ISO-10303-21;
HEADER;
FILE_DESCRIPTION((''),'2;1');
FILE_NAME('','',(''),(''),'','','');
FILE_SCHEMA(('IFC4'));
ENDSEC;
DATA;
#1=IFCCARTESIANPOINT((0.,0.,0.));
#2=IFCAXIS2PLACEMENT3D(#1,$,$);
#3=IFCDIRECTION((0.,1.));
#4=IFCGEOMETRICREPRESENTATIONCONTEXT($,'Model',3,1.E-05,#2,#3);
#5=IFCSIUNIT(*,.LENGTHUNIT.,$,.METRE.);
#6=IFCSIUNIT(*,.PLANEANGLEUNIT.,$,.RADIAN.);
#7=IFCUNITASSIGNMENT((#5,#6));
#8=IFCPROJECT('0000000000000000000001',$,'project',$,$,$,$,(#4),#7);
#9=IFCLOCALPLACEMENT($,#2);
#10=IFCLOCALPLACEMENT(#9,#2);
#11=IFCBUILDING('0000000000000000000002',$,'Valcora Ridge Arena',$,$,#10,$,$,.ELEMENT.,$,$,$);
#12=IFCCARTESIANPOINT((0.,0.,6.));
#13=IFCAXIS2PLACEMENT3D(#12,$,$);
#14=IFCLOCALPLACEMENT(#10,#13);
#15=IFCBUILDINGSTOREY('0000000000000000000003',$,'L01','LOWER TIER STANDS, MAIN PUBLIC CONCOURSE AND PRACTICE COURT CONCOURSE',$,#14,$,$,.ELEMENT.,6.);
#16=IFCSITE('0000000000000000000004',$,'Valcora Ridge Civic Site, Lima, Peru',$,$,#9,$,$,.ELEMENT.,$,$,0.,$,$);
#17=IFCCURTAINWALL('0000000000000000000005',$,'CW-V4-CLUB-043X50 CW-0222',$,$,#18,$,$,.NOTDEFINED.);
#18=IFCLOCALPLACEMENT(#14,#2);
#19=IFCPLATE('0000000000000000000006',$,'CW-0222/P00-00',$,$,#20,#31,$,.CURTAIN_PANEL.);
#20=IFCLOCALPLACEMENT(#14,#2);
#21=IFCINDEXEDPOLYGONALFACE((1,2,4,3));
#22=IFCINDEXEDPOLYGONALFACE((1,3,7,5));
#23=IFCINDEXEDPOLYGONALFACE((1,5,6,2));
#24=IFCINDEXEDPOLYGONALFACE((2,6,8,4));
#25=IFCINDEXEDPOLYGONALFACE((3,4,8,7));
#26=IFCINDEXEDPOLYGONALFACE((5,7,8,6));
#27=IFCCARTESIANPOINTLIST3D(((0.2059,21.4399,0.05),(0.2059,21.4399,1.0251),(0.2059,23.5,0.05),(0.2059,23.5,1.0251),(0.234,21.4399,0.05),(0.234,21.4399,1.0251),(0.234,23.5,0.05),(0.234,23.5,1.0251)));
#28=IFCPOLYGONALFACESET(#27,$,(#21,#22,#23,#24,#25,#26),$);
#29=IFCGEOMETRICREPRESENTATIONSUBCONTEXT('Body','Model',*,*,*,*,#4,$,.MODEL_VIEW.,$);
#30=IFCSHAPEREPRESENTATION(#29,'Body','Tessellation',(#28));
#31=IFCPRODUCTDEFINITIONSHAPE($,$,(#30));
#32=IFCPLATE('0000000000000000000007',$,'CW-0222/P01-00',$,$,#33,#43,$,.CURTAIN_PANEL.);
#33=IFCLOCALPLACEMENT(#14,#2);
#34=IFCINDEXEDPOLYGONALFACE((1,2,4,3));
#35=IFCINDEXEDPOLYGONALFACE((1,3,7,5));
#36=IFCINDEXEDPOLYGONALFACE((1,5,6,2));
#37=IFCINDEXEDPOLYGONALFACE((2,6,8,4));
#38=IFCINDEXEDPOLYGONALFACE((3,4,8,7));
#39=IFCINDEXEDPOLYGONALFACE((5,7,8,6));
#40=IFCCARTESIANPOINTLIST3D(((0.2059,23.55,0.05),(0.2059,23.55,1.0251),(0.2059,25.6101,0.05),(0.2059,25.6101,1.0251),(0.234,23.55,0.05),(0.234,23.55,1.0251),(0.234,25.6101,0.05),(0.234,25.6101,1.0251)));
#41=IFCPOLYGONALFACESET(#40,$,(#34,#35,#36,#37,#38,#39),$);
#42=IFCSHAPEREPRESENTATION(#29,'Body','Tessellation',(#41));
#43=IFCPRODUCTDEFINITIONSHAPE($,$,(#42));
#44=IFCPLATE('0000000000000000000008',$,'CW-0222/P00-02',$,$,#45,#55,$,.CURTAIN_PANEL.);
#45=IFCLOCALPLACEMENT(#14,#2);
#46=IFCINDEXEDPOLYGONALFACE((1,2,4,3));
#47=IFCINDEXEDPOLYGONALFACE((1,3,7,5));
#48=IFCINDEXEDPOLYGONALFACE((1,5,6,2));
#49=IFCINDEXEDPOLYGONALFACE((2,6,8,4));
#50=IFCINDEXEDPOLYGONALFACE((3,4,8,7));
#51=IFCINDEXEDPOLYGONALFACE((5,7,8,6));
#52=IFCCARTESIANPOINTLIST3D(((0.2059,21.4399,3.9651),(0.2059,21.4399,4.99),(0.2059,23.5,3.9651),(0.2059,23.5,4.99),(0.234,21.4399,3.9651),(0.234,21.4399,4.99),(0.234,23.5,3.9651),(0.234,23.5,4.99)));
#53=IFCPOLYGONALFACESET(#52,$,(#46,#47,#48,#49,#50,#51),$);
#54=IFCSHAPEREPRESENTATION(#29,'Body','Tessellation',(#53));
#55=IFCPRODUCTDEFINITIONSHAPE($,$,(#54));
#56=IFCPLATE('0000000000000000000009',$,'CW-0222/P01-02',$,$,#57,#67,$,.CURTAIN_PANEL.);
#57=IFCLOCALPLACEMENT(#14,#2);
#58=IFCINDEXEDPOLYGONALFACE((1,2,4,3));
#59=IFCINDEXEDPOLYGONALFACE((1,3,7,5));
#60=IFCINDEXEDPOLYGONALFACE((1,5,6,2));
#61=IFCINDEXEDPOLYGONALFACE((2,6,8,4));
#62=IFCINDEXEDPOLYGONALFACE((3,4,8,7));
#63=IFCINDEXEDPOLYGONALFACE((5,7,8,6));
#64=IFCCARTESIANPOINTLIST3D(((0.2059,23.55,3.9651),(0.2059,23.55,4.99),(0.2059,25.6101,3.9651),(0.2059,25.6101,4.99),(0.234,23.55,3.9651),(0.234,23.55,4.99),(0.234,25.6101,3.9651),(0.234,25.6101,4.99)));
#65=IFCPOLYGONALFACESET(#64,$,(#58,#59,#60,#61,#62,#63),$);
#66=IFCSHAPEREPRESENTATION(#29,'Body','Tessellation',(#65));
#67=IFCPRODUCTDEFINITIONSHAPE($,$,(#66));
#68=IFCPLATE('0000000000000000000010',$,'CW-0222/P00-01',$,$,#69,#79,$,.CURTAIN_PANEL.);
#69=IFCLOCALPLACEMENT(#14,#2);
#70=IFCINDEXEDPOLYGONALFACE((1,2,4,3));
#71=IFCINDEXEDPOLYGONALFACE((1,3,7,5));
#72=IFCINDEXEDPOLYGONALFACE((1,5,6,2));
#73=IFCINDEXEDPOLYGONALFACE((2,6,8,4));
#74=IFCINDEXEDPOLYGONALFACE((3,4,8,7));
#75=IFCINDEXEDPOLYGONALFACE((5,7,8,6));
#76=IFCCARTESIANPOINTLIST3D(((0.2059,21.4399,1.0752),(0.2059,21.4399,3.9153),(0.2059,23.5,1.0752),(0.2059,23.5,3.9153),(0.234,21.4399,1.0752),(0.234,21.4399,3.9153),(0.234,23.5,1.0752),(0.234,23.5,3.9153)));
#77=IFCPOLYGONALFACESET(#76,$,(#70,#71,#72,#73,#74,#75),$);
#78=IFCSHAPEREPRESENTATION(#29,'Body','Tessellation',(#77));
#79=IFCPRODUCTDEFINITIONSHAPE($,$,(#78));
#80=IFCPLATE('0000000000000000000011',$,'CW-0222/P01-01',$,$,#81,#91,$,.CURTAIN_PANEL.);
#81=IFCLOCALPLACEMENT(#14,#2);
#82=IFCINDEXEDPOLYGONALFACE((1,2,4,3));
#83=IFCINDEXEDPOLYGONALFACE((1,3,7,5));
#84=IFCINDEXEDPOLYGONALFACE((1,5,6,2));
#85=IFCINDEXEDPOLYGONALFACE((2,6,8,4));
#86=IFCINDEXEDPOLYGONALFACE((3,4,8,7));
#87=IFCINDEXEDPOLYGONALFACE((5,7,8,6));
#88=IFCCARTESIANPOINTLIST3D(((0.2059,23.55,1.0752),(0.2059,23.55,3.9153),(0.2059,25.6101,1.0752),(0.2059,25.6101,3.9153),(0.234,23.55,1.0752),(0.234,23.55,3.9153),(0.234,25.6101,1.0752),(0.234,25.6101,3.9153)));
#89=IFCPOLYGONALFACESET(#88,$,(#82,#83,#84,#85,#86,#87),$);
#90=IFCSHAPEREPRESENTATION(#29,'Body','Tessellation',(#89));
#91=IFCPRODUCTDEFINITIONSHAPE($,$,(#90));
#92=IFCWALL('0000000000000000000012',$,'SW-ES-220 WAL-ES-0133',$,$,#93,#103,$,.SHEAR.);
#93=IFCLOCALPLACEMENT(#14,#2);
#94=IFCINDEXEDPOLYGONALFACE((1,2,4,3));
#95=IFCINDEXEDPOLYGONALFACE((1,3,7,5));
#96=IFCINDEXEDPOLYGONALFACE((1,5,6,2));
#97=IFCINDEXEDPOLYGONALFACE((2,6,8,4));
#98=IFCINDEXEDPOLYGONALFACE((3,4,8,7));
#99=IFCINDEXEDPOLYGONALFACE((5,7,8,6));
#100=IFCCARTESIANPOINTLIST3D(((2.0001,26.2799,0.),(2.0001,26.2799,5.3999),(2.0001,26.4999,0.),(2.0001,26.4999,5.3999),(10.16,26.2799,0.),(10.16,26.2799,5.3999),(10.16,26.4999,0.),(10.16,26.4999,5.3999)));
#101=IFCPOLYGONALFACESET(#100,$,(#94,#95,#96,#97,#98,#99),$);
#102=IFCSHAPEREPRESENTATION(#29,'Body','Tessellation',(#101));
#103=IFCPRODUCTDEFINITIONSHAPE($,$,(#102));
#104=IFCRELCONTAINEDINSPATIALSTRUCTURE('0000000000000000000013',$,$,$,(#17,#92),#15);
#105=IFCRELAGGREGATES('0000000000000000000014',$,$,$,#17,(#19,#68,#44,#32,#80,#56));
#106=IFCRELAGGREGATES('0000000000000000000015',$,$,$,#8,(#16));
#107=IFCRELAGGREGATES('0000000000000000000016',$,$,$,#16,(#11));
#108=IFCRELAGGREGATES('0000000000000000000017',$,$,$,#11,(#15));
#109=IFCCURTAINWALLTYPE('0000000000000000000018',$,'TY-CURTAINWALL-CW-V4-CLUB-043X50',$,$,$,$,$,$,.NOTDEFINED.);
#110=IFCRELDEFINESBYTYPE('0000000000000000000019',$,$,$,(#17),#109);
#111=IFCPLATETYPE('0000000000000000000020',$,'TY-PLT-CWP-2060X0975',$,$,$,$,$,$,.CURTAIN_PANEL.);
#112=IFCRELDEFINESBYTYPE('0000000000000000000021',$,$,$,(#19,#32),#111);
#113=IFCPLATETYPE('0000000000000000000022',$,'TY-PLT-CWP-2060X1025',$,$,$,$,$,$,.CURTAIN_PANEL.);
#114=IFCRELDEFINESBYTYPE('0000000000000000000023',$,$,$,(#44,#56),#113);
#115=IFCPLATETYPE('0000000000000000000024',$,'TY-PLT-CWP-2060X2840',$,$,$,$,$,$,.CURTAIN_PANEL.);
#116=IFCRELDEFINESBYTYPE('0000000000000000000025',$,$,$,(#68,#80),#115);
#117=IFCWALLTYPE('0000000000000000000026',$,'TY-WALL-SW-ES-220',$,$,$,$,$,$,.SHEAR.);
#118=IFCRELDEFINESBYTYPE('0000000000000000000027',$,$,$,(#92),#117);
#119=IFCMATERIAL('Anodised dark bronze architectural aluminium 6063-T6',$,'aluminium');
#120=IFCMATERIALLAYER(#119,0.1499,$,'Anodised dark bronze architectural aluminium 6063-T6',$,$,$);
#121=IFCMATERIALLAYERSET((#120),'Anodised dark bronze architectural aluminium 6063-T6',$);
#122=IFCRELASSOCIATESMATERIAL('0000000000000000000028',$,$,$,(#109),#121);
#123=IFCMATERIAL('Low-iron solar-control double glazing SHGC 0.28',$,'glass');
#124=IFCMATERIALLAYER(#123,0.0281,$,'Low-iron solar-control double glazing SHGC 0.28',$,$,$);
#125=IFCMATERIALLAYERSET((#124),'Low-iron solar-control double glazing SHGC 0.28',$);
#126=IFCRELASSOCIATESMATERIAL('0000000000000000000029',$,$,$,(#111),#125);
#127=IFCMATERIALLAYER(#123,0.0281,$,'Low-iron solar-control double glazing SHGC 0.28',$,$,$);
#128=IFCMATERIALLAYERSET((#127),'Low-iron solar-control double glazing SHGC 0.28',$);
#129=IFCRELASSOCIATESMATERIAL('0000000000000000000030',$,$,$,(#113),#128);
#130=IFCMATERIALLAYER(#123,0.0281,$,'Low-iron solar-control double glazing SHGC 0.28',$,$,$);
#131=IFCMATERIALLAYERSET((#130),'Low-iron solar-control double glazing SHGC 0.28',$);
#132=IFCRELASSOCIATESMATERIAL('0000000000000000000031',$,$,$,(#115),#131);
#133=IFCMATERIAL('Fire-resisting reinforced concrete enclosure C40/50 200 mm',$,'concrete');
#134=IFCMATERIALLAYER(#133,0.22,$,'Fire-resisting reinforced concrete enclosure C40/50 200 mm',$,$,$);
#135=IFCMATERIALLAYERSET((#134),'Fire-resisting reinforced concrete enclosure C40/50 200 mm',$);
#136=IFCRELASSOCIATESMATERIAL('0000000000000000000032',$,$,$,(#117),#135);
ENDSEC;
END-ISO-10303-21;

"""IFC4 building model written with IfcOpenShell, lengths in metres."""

from ifc_helpers import new_model, si_unit, direction, frame, frame_2d, origin, origin_2d, place, context, subcontext, project, spatial, rectangle, extrude, material, layer, layer_set, type_object, element, aggregate, save


model = new_model("IFC4")

# Units and contexts
model_context = context("Model", 3, precision=1e-05, world=origin(), true_north=direction((0.0, 1.0)))
body_context = subcontext(model_context, "Body", "Model", "MODEL_VIEW")
ifc_project = project(units=[si_unit("LENGTHUNIT", "METRE"), si_unit("PLANEANGLEUNIT", "RADIAN")], contexts=[model_context])

# Site, building, storey
site_placement = place(None, origin())
site = spatial("IfcSite", under=ifc_project, at=site_placement, Name="Valcora Ridge Civic Site, Lima, Peru", CompositionType="ELEMENT", RefElevation=0.0)
building_placement = place(site_placement, origin())
building = spatial("IfcBuilding", under=site, at=building_placement, Name="Valcora Ridge Arena", CompositionType="ELEMENT")
storey_placement = place(building_placement, frame((0.0, 0.0, 6.0)))
storey = spatial("IfcBuildingStorey", under=building, at=storey_placement, Name="L01", Description="LOWER TIER STANDS, MAIN PUBLIC CONCOURSE AND PRACTICE COURT CONCOURSE", CompositionType="ELEMENT", Elevation=6.0)

# Curtain wall, plates
ifc_material_1 = material(Name="Anodised dark bronze architectural aluminium 6063-T6", Category="aluminium")
ifc_layer_1 = layer(ifc_material_1, 0.1499, Name="Anodised dark bronze architectural aluminium 6063-T6")
ifc_layer_set_1 = layer_set([ifc_layer_1], Name="Anodised dark bronze architectural aluminium 6063-T6")
curtain_wall_type = type_object("IfcCurtainWallType", Name="TY-CURTAINWALL-CW-V4-CLUB-043X50", PredefinedType="NOTDEFINED", material=ifc_layer_set_1)
curtain_wall_placement = place(storey_placement, origin())
curtain_wall = element("IfcCurtainWall", 1, at=curtain_wall_placement, inside=storey, type_object=curtain_wall_type, Name="CW-V4-CLUB-043X50 CW-0222", PredefinedType="NOTDEFINED")
ifc_material_2 = material(Name="Low-iron solar-control double glazing SHGC 0.28", Category="glass")
ifc_layer_2 = layer(ifc_material_2, 0.0281, Name="Low-iron solar-control double glazing SHGC 0.28")
ifc_layer_set_2 = layer_set([ifc_layer_2], Name="Low-iron solar-control double glazing SHGC 0.28")
plate_type_1 = type_object("IfcPlateType", Name="TY-PLT-CWP-2060X0975", PredefinedType="CURTAIN_PANEL", material=ifc_layer_set_2)
plate_1_placement = place(storey_placement, frame((0.22, 22.47, 0.05), z_axis=(0.0, 0.0, 1.0), x_axis=(0.0, 1.0, 0.0)))
plate_1 = element("IfcPlate", 2, at=plate_1_placement, type_object=plate_type_1, Name="CW-0222/P00-00", PredefinedType="CURTAIN_PANEL", context=body_context, shape_type="SweptSolid", body=[
    extrude(rectangle(XDim=2.0601, YDim=0.0281, at=origin_2d()), origin(), (0.0, 0.0, 1.0), 0.9751),
])
plate_2_placement = place(storey_placement, frame((0.22, 24.5801, 0.05), z_axis=(0.0, 0.0, 1.0), x_axis=(0.0, 1.0, 0.0)))
plate_2 = element("IfcPlate", 3, at=plate_2_placement, type_object=plate_type_1, Name="CW-0222/P01-00", PredefinedType="CURTAIN_PANEL", context=body_context, shape_type="SweptSolid", body=[
    extrude(rectangle(XDim=2.0601, YDim=0.0281, at=origin_2d()), origin(), (0.0, 0.0, 1.0), 0.9751),
])
ifc_layer_3 = layer(ifc_material_2, 0.0281, Name="Low-iron solar-control double glazing SHGC 0.28")
ifc_layer_set_3 = layer_set([ifc_layer_3], Name="Low-iron solar-control double glazing SHGC 0.28")
plate_type_2 = type_object("IfcPlateType", Name="TY-PLT-CWP-2060X1025", PredefinedType="CURTAIN_PANEL", material=ifc_layer_set_3)
plate_3_placement = place(storey_placement, frame((0.22, 22.47, 3.9651), z_axis=(0.0, 0.0, 1.0), x_axis=(0.0, 1.0, 0.0)))
plate_3 = element("IfcPlate", 4, at=plate_3_placement, type_object=plate_type_2, Name="CW-0222/P00-02", PredefinedType="CURTAIN_PANEL", context=body_context, shape_type="SweptSolid", body=[
    extrude(rectangle(XDim=2.0601, YDim=0.0281, at=origin_2d()), origin(), (0.0, 0.0, 1.0), 1.0249),
])
plate_4_placement = place(storey_placement, frame((0.22, 24.5801, 3.9651), z_axis=(0.0, 0.0, 1.0), x_axis=(0.0, 1.0, 0.0)))
plate_4 = element("IfcPlate", 5, at=plate_4_placement, type_object=plate_type_2, Name="CW-0222/P01-02", PredefinedType="CURTAIN_PANEL", context=body_context, shape_type="SweptSolid", body=[
    extrude(rectangle(XDim=2.0601, YDim=0.0281, at=origin_2d()), origin(), (0.0, 0.0, 1.0), 1.0249),
])
ifc_layer_4 = layer(ifc_material_2, 0.0281, Name="Low-iron solar-control double glazing SHGC 0.28")
ifc_layer_set_4 = layer_set([ifc_layer_4], Name="Low-iron solar-control double glazing SHGC 0.28")
plate_type_3 = type_object("IfcPlateType", Name="TY-PLT-CWP-2060X2840", PredefinedType="CURTAIN_PANEL", material=ifc_layer_set_4)
plate_5_placement = place(storey_placement, frame((0.22, 22.47, 1.0752), z_axis=(0.0, 0.0, 1.0), x_axis=(0.0, 1.0, 0.0)))
plate_5 = element("IfcPlate", 6, at=plate_5_placement, type_object=plate_type_3, Name="CW-0222/P00-01", PredefinedType="CURTAIN_PANEL", context=body_context, shape_type="SweptSolid", body=[
    extrude(rectangle(XDim=2.0601, YDim=0.0281, at=origin_2d()), origin(), (0.0, 0.0, 1.0), 2.8401),
])
plate_6_placement = place(storey_placement, frame((0.22, 24.5801, 1.0752), z_axis=(0.0, 0.0, 1.0), x_axis=(0.0, 1.0, 0.0)))
plate_6 = element("IfcPlate", 7, at=plate_6_placement, type_object=plate_type_3, Name="CW-0222/P01-01", PredefinedType="CURTAIN_PANEL", context=body_context, shape_type="SweptSolid", body=[
    extrude(rectangle(XDim=2.0601, YDim=0.0281, at=origin_2d()), origin(), (0.0, 0.0, 1.0), 2.8401),
])
aggregate(curtain_wall, [plate_1, plate_5, plate_3, plate_2, plate_6, plate_4])

# Wall
ifc_material_3 = material(Name="Fire-resisting reinforced concrete enclosure C40/50 200 mm", Category="concrete")
ifc_layer_5 = layer(ifc_material_3, 0.22, Name="Fire-resisting reinforced concrete enclosure C40/50 200 mm")
ifc_layer_set_5 = layer_set([ifc_layer_5], Name="Fire-resisting reinforced concrete enclosure C40/50 200 mm")
wall_type = type_object("IfcWallType", Name="TY-WALL-SW-ES-220", PredefinedType="SHEAR", material=ifc_layer_set_5)
wall_placement = place(storey_placement, frame((2.0, 26.3899, 0.0), z_axis=(0.0, 0.0, 1.0), x_axis=(1.0, 0.0, 0.0)))
element("IfcWall", 8, at=wall_placement, inside=storey, type_object=wall_type, Name="SW-ES-220 WAL-ES-0133", PredefinedType="SHEAR", context=body_context, shape_type="SweptSolid", body=[
    extrude(rectangle(XDim=8.1599, YDim=0.22, at=frame_2d((4.0801, 0.0))), origin(), (0.0, 0.0, 1.0), 5.3999),
])

save(model, "model.ifc")
